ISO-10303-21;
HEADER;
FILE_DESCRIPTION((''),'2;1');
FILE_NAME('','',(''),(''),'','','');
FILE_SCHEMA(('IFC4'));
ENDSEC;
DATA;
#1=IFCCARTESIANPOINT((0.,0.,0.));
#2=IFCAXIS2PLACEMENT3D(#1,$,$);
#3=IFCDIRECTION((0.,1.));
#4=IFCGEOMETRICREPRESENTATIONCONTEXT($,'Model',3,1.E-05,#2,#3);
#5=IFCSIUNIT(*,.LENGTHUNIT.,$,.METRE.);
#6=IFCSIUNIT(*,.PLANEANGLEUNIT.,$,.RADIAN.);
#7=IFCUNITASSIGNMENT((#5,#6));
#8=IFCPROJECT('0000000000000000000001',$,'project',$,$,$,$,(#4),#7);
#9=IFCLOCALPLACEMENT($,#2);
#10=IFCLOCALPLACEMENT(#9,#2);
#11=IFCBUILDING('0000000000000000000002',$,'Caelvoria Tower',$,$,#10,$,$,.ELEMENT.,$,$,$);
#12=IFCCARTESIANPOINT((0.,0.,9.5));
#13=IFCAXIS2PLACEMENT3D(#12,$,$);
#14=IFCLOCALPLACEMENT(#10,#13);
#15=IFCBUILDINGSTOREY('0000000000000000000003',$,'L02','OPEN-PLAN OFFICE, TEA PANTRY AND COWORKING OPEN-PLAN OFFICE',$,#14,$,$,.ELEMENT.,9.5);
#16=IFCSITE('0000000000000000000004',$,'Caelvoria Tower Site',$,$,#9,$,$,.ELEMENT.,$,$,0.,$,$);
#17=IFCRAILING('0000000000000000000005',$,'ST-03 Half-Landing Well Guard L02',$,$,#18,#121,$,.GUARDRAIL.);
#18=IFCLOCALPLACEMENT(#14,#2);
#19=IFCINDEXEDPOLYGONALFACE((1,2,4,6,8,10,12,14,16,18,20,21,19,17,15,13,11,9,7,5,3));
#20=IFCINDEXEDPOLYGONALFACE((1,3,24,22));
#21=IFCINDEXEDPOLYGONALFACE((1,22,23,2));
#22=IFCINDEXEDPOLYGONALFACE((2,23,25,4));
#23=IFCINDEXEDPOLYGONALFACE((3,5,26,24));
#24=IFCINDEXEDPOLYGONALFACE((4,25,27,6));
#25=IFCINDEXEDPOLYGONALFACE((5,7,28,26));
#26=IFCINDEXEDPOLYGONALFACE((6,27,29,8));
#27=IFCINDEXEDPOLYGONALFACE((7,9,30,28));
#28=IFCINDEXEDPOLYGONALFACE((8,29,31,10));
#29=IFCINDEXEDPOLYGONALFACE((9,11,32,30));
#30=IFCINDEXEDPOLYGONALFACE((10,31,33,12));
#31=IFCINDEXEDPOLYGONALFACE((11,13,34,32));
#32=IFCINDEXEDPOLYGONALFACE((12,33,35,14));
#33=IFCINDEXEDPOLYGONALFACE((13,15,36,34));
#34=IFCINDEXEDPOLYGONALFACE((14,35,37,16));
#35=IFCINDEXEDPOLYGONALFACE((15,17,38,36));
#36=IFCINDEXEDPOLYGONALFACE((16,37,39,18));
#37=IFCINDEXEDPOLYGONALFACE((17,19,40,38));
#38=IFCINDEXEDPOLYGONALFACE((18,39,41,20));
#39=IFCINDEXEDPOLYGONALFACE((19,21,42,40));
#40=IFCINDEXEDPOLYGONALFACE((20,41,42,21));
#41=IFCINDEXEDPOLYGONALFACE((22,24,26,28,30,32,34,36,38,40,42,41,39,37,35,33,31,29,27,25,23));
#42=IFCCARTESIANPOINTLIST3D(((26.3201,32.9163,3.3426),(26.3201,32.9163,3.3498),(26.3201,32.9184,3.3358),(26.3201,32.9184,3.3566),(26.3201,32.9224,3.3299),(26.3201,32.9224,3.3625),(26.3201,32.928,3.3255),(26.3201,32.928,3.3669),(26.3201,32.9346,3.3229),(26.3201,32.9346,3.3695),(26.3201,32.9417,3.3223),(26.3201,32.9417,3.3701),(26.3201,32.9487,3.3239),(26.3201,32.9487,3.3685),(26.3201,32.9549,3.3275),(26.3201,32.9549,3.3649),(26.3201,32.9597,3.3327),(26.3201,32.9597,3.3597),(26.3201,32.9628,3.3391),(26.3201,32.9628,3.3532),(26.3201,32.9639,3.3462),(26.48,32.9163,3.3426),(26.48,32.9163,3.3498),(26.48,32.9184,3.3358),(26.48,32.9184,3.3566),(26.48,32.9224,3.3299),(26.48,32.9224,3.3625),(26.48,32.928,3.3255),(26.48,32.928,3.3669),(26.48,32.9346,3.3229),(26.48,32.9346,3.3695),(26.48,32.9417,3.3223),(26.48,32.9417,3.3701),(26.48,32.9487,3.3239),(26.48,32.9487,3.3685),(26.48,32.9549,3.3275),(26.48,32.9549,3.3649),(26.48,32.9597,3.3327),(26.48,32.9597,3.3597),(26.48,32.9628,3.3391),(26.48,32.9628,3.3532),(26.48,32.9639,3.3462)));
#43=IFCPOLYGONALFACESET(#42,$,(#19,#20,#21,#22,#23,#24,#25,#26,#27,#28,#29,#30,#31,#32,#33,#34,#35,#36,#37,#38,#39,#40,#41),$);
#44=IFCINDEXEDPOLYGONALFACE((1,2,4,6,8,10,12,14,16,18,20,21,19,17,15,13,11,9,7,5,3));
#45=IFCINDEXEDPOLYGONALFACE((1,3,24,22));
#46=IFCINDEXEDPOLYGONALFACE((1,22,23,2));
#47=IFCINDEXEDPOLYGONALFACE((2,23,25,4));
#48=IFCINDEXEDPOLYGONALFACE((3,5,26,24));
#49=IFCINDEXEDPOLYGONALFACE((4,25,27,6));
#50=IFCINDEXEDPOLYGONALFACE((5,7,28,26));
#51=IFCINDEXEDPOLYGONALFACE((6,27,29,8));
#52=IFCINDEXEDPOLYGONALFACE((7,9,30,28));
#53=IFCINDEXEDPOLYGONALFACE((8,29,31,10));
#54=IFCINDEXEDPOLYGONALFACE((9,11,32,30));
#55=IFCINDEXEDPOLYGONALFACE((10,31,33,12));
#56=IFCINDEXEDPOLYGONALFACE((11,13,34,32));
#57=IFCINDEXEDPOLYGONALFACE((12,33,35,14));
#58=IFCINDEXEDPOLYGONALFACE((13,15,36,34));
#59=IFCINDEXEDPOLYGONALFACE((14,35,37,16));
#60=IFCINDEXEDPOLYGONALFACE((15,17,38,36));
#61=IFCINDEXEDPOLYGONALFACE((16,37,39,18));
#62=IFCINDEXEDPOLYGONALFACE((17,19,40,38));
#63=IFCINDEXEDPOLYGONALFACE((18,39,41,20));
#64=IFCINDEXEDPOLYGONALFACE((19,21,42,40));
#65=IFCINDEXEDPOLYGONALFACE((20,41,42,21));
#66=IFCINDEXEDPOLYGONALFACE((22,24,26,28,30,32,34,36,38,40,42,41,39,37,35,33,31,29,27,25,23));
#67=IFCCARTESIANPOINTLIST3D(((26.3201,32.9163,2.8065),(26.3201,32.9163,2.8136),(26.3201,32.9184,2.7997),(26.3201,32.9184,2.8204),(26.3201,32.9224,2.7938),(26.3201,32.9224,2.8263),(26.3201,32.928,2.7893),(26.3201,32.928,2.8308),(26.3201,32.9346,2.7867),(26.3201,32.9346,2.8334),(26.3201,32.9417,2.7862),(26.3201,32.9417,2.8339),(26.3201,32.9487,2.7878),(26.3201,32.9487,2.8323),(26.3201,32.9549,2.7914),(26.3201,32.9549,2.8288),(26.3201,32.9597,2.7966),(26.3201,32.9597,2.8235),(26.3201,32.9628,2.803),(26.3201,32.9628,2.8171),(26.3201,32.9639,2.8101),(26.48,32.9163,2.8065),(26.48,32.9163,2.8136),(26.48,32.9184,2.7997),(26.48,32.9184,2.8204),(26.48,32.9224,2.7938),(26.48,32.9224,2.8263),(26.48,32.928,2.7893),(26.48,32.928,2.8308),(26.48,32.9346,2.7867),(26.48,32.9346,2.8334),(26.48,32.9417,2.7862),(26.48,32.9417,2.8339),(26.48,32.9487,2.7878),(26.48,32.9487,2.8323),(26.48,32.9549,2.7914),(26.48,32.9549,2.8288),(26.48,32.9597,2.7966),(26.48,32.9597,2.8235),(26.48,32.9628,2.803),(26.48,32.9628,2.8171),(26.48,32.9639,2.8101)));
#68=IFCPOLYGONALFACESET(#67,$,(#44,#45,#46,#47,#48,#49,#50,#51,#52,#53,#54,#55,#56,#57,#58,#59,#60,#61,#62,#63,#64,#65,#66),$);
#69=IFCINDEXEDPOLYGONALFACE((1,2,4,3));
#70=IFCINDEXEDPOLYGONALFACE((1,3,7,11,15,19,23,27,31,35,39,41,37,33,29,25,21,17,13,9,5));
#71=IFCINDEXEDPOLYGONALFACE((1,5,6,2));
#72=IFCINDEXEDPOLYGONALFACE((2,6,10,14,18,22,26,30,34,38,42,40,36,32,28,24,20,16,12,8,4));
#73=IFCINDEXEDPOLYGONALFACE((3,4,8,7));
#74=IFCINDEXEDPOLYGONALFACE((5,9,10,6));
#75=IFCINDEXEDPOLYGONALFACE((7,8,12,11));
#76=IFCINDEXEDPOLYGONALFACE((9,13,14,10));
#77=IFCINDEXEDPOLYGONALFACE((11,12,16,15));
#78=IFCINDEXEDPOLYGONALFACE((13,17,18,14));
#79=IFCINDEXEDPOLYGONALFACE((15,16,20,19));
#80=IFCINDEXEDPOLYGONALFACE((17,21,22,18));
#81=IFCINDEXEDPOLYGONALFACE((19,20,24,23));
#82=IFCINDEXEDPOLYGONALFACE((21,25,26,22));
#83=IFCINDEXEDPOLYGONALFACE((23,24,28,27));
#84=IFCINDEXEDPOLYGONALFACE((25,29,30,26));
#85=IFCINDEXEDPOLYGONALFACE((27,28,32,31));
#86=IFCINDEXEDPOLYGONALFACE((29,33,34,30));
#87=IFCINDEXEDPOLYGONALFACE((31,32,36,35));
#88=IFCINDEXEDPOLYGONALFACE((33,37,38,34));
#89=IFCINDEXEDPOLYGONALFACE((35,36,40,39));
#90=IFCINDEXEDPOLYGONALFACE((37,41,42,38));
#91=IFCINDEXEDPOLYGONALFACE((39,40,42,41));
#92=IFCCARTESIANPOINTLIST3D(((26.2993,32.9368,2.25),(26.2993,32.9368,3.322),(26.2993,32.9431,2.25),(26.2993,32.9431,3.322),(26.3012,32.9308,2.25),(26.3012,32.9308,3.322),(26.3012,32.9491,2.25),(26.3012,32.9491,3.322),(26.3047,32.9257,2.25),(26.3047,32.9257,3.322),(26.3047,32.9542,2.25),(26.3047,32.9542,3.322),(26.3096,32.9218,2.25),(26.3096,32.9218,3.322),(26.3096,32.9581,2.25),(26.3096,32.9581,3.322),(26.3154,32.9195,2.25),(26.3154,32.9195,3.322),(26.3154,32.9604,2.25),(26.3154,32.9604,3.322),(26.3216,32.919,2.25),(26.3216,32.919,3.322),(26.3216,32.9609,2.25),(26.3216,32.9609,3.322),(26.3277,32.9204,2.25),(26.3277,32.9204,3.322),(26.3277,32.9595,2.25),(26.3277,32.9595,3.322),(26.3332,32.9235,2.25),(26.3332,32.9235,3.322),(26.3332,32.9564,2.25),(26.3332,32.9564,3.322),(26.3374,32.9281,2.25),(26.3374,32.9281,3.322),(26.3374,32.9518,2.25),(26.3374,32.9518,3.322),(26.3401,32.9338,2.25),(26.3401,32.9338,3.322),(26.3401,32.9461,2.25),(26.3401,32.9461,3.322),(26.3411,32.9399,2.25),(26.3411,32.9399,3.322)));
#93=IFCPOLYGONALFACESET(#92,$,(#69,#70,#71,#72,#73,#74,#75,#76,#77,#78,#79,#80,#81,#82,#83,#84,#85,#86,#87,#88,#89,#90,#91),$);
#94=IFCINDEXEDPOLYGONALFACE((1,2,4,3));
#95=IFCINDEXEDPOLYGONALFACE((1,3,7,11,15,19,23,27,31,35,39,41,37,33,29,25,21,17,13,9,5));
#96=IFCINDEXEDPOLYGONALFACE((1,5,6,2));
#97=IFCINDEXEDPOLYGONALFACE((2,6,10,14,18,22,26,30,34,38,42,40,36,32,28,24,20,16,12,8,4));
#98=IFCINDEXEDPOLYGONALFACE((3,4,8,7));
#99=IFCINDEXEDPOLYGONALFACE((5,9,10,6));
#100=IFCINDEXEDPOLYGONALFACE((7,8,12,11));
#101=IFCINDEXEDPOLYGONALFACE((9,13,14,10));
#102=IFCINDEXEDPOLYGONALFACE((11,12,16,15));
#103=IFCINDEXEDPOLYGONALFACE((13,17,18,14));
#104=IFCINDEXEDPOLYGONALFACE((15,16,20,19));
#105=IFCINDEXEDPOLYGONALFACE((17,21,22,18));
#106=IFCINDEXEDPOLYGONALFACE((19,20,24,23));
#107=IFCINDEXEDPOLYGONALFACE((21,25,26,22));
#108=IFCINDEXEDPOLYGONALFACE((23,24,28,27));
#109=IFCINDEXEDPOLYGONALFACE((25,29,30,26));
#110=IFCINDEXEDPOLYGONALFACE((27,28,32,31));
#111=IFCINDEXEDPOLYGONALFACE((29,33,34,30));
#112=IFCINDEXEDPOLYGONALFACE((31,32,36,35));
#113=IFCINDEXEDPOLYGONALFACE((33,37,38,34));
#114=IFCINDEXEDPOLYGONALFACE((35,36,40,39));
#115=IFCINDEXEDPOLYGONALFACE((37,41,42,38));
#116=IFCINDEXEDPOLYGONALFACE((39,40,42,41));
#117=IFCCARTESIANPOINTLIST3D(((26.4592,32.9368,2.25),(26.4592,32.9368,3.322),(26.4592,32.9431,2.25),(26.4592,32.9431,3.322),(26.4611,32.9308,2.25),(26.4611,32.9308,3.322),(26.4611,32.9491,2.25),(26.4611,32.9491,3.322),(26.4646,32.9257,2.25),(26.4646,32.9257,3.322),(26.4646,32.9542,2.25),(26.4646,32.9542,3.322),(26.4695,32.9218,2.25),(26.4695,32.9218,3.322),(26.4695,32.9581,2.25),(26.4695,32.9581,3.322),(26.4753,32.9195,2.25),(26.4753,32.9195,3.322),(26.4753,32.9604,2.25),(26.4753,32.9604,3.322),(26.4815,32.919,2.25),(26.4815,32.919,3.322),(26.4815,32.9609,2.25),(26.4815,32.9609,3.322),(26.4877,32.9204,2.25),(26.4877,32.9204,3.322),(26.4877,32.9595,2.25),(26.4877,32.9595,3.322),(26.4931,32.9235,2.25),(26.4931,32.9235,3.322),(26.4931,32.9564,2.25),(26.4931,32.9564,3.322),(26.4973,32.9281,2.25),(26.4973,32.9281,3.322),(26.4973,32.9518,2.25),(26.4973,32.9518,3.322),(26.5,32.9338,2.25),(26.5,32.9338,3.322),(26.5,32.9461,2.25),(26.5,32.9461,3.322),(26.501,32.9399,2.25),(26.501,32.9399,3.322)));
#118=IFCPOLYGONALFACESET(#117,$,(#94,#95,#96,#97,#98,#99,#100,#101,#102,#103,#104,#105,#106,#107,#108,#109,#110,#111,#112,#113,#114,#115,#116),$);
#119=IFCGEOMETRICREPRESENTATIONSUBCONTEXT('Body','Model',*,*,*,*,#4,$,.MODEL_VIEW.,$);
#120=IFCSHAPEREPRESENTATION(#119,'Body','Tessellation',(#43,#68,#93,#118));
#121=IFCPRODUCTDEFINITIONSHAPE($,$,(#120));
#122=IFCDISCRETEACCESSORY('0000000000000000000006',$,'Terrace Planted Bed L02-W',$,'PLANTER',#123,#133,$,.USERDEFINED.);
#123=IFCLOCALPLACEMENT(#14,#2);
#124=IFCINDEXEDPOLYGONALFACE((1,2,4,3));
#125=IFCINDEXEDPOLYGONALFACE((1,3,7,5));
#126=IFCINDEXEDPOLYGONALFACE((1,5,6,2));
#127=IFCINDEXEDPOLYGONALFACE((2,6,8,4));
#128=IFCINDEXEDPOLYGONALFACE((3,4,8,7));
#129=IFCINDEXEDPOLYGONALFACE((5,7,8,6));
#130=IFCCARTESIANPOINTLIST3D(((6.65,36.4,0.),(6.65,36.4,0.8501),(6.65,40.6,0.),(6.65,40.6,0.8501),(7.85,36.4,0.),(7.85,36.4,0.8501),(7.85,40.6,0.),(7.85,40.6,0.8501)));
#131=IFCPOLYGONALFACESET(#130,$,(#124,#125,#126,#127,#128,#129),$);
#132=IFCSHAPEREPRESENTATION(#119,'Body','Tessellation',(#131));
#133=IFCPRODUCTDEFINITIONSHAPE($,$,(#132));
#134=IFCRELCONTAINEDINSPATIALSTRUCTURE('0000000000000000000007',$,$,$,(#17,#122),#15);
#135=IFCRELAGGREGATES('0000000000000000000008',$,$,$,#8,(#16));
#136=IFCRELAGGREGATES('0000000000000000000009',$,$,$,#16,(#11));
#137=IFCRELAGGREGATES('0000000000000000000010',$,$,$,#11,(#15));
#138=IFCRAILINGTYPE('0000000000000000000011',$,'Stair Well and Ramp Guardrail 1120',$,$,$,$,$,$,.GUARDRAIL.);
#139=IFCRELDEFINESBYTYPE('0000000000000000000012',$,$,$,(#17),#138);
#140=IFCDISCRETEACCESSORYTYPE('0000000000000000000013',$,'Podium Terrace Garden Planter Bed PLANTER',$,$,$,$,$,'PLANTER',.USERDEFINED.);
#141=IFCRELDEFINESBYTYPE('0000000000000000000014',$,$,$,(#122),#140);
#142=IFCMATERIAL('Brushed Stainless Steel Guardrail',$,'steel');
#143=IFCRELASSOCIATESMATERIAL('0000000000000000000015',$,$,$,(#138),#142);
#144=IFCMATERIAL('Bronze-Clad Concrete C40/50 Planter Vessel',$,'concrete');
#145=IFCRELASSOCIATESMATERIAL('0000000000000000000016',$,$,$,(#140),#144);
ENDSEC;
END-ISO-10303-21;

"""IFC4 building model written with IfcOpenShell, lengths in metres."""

from ifc_helpers import new_model, si_unit, direction, frame, origin, origin_2d, place, context, subcontext, project, spatial, rectangle, circle, extrude, material, type_object, element, save


model = new_model("IFC4")

# Units and contexts
model_context = context("Model", 3, precision=1e-05, world=origin(), true_north=direction((0.0, 1.0)))
body_context = subcontext(model_context, "Body", "Model", "MODEL_VIEW")
ifc_project = project(units=[si_unit("LENGTHUNIT", "METRE"), si_unit("PLANEANGLEUNIT", "RADIAN")], contexts=[model_context])

# Site, building, storey
site_placement = place(None, origin())
site = spatial("IfcSite", under=ifc_project, at=site_placement, Name="Caelvoria Tower Site", CompositionType="ELEMENT", RefElevation=0.0)
building_placement = place(site_placement, origin())
building = spatial("IfcBuilding", under=site, at=building_placement, Name="Caelvoria Tower", CompositionType="ELEMENT")
storey_placement = place(building_placement, frame((0.0, 0.0, 9.5)))
storey = spatial("IfcBuildingStorey", under=building, at=storey_placement, Name="L02", Description="OPEN-PLAN OFFICE, TEA PANTRY AND COWORKING OPEN-PLAN OFFICE", CompositionType="ELEMENT", Elevation=9.5)

# Railing
ifc_material_1 = material(Name="Brushed Stainless Steel Guardrail", Category="steel")
railing_type_1 = type_object("IfcRailingType", Name="Stair Well and Ramp Guardrail 1120", PredefinedType="GUARDRAIL", material=ifc_material_1)
railing_1_placement = place(storey_placement, frame((26.3201, 32.9399, 2.25)))
element("IfcRailing", 1, at=railing_1_placement, inside=storey, type_object=railing_type_1, Name="ST-03 Half-Landing Well Guard L02", PredefinedType="GUARDRAIL", context=body_context, shape_type="SweptSolid", body=[
    extrude(circle(Radius=0.0239, at=origin_2d()), frame((0.0, 0.0, 1.0962), z_axis=(1.0, 0.0, 0.0), x_axis=(0.0, 1.0, 0.0)), (0.0, 0.0, 1.0), 0.1599),
    extrude(circle(Radius=0.0239, at=origin_2d()), frame((0.0, 0.0, 0.5601), z_axis=(1.0, 0.0, 0.0), x_axis=(0.0, 1.0, 0.0)), (0.0, 0.0, 1.0), 0.1599),
    extrude(circle(Radius=0.021, at=origin_2d()), origin(), (0.0, 0.0, 1.0), 1.072),
    extrude(circle(Radius=0.021, at=origin_2d()), frame((0.1599, 0.0, 0.0)), (0.0, 0.0, 1.0), 1.072),
])

# Discrete accessory
ifc_material_2 = material(Name="Bronze-Clad Concrete C40/50 Planter Vessel", Category="concrete")
discrete_accessory_type = type_object("IfcDiscreteAccessoryType", Name="Podium Terrace Garden Planter Bed PLANTER", ElementType="PLANTER", PredefinedType="USERDEFINED", material=ifc_material_2)
discrete_accessory_placement = place(storey_placement, frame((7.25, 38.5, 0.0), z_axis=(0.0, 0.0, 1.0), x_axis=(1.0, 0.0, 0.0)))
element("IfcDiscreteAccessory", 2, at=discrete_accessory_placement, inside=storey, type_object=discrete_accessory_type, Name="Terrace Planted Bed L02-W", ObjectType="PLANTER", PredefinedType="USERDEFINED", context=body_context, shape_type="SweptSolid", body=[
    extrude(rectangle(XDim=1.2, YDim=4.2, at=origin_2d()), origin(), (0.0, 0.0, 1.0), 0.8501),
])

save(model, "model.ifc")
